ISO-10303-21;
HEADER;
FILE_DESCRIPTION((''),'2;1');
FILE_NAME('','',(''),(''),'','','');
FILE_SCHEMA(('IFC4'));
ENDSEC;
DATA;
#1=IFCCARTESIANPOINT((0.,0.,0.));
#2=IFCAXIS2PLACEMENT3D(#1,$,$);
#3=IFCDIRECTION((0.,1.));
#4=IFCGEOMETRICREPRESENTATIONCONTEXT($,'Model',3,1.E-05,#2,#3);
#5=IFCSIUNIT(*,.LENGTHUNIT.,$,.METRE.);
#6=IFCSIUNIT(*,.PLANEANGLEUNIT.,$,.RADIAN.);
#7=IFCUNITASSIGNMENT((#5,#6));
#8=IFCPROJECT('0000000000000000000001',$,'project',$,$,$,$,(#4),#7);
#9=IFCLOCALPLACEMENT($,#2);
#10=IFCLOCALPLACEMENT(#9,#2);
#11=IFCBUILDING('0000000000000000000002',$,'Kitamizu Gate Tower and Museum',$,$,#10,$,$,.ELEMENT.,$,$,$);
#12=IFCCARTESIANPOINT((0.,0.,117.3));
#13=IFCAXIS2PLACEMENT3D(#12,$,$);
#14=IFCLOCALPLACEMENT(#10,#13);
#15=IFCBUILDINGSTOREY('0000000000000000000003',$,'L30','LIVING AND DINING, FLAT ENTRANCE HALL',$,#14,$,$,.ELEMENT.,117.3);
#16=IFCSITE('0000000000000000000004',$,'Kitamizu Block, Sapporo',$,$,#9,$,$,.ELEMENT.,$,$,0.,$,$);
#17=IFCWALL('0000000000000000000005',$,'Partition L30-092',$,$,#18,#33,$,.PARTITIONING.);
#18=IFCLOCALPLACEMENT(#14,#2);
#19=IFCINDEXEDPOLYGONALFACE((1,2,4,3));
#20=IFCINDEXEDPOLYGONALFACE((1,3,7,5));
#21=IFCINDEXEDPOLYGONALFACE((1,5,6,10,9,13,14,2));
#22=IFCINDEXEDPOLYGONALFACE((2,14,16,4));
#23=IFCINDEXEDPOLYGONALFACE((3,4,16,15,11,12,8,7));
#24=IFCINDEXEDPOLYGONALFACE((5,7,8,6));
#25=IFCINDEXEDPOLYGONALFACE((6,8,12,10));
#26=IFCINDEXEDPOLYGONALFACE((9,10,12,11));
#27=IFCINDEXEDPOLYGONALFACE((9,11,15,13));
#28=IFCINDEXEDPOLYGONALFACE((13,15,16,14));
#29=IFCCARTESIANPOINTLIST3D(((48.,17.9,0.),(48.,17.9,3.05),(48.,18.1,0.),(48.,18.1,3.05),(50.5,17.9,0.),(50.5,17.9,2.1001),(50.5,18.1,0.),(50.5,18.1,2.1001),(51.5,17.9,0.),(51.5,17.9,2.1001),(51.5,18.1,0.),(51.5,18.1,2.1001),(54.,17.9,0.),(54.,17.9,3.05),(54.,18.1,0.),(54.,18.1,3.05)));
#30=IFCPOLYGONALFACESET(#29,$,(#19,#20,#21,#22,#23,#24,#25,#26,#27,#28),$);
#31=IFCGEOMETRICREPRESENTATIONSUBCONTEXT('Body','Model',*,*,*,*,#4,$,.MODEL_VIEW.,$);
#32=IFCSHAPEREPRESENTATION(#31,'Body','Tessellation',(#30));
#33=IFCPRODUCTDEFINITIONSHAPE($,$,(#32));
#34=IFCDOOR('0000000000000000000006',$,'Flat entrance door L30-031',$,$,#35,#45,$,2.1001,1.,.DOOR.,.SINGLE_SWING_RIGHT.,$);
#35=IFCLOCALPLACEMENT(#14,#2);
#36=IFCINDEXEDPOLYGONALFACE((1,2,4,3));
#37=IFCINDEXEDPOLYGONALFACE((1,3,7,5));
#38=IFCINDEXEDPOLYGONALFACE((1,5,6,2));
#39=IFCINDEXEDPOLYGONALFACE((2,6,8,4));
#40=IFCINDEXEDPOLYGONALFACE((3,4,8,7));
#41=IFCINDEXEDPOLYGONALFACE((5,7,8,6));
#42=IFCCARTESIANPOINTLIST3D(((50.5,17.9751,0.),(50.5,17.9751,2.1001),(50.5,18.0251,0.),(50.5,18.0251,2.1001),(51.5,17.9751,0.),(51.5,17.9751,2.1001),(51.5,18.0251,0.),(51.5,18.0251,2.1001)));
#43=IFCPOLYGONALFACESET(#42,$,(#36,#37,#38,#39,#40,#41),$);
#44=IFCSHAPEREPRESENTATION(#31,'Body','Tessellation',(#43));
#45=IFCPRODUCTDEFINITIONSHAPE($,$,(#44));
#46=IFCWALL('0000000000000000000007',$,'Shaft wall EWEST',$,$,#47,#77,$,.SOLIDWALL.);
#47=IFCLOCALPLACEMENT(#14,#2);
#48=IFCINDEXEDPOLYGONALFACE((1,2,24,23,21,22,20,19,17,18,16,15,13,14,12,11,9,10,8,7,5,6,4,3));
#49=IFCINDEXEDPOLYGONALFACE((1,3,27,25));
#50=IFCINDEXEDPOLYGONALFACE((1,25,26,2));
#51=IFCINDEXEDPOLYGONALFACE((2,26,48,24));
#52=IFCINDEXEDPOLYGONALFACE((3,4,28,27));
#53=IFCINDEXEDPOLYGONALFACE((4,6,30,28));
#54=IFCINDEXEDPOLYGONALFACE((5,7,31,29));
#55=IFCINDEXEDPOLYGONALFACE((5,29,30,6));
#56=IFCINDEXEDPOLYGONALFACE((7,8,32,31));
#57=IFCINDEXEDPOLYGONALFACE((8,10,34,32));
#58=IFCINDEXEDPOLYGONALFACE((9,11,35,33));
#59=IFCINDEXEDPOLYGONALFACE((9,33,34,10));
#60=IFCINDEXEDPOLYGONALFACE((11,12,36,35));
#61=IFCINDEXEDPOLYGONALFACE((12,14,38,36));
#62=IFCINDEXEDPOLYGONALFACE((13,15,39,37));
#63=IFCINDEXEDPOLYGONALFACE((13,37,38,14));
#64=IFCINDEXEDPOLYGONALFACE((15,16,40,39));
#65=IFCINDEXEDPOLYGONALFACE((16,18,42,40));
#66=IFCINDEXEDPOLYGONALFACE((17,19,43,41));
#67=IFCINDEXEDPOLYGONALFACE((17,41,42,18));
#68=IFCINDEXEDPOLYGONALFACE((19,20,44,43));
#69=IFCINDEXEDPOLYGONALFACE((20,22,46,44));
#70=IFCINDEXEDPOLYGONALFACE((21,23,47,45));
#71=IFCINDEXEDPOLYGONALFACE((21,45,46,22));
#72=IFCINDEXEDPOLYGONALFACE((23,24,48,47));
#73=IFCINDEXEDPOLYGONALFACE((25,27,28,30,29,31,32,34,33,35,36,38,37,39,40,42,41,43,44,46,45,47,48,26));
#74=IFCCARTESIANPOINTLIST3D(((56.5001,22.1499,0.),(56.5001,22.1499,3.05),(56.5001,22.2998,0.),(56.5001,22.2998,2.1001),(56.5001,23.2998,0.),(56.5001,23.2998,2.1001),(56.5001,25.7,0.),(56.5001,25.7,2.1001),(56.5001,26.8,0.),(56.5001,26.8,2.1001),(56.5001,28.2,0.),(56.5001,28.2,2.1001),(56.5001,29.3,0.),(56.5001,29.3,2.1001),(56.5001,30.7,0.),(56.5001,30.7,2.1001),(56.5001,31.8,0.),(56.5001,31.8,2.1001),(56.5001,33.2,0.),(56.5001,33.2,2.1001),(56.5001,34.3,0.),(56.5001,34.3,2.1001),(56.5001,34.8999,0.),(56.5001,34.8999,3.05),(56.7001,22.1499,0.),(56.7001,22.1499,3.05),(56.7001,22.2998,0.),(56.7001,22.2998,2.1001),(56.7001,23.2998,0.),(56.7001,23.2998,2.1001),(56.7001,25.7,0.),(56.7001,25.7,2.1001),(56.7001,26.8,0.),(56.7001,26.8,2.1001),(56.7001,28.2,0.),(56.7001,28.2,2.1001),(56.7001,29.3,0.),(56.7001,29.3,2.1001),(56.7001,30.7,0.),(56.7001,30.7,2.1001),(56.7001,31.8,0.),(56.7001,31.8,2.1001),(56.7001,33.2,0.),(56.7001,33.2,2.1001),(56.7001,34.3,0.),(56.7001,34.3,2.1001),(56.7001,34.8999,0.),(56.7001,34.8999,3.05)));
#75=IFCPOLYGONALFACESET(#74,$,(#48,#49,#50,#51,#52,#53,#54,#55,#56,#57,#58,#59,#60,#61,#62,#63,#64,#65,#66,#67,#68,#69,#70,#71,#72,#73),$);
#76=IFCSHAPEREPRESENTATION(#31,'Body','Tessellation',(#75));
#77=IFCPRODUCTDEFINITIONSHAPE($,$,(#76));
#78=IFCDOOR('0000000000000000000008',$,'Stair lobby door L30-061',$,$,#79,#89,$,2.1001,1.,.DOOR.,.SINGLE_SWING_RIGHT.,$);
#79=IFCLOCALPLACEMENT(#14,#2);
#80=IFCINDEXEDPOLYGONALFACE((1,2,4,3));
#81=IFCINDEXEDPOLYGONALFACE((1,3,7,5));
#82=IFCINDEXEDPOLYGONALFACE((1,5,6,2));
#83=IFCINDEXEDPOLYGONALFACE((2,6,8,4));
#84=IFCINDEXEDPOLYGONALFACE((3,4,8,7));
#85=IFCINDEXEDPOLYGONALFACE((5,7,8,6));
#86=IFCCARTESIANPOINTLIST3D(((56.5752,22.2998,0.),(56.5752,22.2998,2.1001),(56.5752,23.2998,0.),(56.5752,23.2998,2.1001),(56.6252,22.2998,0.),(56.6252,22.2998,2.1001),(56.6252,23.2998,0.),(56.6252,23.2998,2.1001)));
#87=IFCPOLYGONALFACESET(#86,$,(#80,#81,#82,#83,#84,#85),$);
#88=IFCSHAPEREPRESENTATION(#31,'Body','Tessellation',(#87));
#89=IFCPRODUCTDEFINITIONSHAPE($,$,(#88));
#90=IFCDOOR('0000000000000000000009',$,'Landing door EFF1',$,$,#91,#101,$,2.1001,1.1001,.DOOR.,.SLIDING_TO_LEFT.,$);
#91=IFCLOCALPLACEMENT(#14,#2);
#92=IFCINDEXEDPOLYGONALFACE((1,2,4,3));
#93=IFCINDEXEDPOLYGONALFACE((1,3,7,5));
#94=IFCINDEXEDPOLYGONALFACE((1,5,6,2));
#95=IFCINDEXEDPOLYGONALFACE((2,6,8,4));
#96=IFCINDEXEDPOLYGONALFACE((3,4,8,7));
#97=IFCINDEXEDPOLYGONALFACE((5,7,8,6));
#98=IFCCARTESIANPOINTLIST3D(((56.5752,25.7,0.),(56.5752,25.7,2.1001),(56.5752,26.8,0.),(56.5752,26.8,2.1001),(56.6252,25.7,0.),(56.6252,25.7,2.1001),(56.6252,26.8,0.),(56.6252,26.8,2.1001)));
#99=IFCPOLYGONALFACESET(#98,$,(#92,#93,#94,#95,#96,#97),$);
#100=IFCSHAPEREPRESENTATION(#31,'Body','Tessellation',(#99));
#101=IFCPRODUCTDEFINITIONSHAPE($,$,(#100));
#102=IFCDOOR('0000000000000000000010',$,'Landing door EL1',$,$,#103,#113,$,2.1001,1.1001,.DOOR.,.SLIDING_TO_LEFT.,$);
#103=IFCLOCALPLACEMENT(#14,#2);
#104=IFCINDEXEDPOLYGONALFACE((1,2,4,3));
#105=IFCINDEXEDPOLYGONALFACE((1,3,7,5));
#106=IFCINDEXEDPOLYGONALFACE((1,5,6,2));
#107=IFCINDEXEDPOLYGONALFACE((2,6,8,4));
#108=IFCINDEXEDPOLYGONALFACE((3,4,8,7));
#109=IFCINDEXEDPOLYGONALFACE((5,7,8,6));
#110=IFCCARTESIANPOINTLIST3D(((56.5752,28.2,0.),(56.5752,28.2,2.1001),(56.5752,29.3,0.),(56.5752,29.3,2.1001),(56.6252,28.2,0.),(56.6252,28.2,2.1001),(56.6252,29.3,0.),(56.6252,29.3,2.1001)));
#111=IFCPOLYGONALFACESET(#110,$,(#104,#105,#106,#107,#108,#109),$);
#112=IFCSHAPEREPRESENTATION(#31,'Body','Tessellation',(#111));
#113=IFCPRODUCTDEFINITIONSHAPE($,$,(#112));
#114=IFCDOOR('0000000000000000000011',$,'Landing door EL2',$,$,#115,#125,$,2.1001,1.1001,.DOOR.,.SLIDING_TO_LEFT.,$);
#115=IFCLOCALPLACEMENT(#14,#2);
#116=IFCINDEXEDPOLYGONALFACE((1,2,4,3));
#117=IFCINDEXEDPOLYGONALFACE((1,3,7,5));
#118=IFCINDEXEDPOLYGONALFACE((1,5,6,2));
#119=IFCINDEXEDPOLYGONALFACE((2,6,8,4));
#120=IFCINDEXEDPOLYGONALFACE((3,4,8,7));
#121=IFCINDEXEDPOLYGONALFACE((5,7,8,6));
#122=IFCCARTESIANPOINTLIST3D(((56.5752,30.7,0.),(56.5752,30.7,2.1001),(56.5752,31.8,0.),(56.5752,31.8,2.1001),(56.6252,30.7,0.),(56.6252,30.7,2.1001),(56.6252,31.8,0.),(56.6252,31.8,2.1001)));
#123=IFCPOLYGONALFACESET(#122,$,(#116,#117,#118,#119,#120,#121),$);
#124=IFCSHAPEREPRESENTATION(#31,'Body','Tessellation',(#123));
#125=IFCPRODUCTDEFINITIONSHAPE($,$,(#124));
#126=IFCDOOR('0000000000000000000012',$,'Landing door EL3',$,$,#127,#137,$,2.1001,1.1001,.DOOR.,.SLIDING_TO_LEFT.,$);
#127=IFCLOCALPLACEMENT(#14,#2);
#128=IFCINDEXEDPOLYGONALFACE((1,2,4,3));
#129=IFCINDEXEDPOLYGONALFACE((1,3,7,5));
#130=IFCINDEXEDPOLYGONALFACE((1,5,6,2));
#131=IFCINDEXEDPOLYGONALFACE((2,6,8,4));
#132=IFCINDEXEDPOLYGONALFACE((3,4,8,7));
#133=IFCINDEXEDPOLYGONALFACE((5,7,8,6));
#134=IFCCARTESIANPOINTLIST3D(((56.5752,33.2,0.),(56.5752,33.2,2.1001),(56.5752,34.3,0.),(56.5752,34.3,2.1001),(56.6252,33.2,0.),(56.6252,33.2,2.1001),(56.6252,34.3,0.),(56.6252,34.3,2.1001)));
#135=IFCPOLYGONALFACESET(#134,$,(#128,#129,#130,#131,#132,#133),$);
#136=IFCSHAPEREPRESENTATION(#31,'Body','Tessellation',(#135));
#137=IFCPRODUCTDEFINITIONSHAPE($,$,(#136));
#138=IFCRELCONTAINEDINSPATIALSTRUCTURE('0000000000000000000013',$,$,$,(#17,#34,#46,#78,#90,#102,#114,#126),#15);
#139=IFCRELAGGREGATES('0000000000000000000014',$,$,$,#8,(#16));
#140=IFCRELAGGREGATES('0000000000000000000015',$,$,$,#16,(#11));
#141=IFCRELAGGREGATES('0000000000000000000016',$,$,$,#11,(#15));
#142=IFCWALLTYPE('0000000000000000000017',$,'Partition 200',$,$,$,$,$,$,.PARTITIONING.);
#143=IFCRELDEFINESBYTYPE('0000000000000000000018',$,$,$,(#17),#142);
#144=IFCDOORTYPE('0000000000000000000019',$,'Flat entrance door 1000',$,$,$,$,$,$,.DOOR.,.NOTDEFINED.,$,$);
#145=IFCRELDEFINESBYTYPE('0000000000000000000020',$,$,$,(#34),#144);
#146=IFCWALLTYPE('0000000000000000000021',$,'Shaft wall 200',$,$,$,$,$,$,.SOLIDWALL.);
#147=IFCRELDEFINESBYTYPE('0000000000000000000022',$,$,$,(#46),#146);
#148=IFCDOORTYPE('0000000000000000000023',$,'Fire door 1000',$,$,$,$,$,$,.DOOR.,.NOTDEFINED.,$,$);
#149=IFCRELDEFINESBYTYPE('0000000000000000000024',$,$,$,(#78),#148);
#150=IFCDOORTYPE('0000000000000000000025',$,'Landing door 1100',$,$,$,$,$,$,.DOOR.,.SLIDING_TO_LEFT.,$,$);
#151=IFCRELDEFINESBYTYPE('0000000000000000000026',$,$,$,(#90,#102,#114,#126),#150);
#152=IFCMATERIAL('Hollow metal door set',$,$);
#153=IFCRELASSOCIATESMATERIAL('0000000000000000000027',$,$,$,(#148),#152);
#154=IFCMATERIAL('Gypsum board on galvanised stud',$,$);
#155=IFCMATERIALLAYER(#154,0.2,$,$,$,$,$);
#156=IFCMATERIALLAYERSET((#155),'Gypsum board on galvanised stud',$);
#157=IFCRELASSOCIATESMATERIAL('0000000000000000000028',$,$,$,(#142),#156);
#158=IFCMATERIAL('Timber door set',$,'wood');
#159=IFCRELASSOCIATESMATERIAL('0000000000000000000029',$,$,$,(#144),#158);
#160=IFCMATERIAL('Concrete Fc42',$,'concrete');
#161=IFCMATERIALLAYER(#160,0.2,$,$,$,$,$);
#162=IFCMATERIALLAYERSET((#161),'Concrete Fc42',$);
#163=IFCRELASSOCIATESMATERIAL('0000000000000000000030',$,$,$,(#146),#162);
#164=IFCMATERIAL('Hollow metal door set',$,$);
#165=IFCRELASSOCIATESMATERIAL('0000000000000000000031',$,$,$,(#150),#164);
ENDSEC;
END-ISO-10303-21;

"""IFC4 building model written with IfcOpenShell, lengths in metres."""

from ifc_helpers import new_model, si_unit, direction, frame, frame_2d, origin, place, context, subcontext, project, spatial, rectangle, extrude, material, layer, layer_set, type_object, element, fill, save


model = new_model("IFC4")

# Units and contexts
model_context = context("Model", 3, precision=1e-05, world=origin(), true_north=direction((0.0, 1.0)))
body_context = subcontext(model_context, "Body", "Model", "MODEL_VIEW")
ifc_project = project(units=[si_unit("LENGTHUNIT", "METRE"), si_unit("PLANEANGLEUNIT", "RADIAN")], contexts=[model_context])

# Site, building, storey
site_placement = place(None, origin())
site = spatial("IfcSite", under=ifc_project, at=site_placement, Name="Kitamizu Block, Sapporo", CompositionType="ELEMENT", RefElevation=0.0)
building_placement = place(site_placement, origin())
building = spatial("IfcBuilding", under=site, at=building_placement, Name="Kitamizu Gate Tower and Museum", CompositionType="ELEMENT")
storey_placement = place(building_placement, frame((0.0, 0.0, 117.3)))
storey = spatial("IfcBuildingStorey", under=building, at=storey_placement, Name="L30", Description="LIVING AND DINING, FLAT ENTRANCE HALL", CompositionType="ELEMENT", Elevation=117.3)

# Shared definitions
ifc_material_1 = material(Name="Hollow metal door set")
door_type_1 = type_object("IfcDoorType", Name="Fire door 1000", OperationType="NOTDEFINED", PredefinedType="DOOR", material=ifc_material_1)

# Wall, opening, door
ifc_material_2 = material(Name="Gypsum board on galvanised stud")
ifc_layer_1 = layer(ifc_material_2, 0.2)
ifc_layer_set_1 = layer_set([ifc_layer_1], Name="Gypsum board on galvanised stud")
wall_type_1 = type_object("IfcWallType", Name="Partition 200", PredefinedType="PARTITIONING", material=ifc_layer_set_1)
wall_1_placement = place(storey_placement, frame((54.0, 18.0, 0.0), z_axis=(0.0, 0.0, 1.0), x_axis=(-1.0, 0.0, 0.0)))
wall_1 = element("IfcWall", 1, at=wall_1_placement, inside=storey, type_object=wall_type_1, Name="Partition L30-092", PredefinedType="PARTITIONING", context=body_context, shape_type="SweptSolid", body=[
    extrude(rectangle(XDim=6.0, YDim=0.2, at=frame_2d((3.0, 0.0))), origin(), (0.0, 0.0, 1.0), 3.05),
])
opening_1_placement = place(wall_1_placement, frame((2.5, 0.0, 0.0)))
opening_1 = element("IfcOpeningElement", 2, at=opening_1_placement, cuts=wall_1, PredefinedType="OPENING", context=body_context, shape_type="SweptSolid", body=[
    extrude(rectangle(XDim=1.0, YDim=2.1001, at=frame_2d((0.5, 1.05))), frame((0.0, 0.1099, 0.0), z_axis=(0.0, -1.0, 0.0), x_axis=(1.0, 0.0, 0.0)), (0.0, 0.0, 1.0), 0.22),
])
ifc_material_3 = material(Name="Timber door set", Category="wood")
door_type_2 = type_object("IfcDoorType", Name="Flat entrance door 1000", OperationType="NOTDEFINED", PredefinedType="DOOR", material=ifc_material_3)
door_1_placement = place(opening_1_placement, origin())
door_1 = element("IfcDoor", 3, at=door_1_placement, inside=storey, type_object=door_type_2, Name="Flat entrance door L30-031", OperationType="SINGLE_SWING_RIGHT", OverallHeight=2.1001, OverallWidth=1.0, PredefinedType="DOOR", context=body_context, shape_type="SweptSolid", body=[
    extrude(rectangle(XDim=1.0, YDim=2.1001, at=frame_2d((0.5, 1.05))), frame((0.0, 0.0249, 0.0), z_axis=(0.0, -1.0, 0.0), x_axis=(1.0, 0.0, 0.0)), (0.0, 0.0, 1.0), 0.05),
])
fill(opening_1, door_1)

# Wall, openings, doors
ifc_material_4 = material(Name="Concrete Fc42", Category="concrete")
ifc_layer_2 = layer(ifc_material_4, 0.2)
ifc_layer_set_2 = layer_set([ifc_layer_2], Name="Concrete Fc42")
wall_type_2 = type_object("IfcWallType", Name="Shaft wall 200", PredefinedType="SOLIDWALL", material=ifc_layer_set_2)
wall_2_placement = place(storey_placement, frame((56.6001, 22.1499, 0.0), z_axis=(0.0, 0.0, 1.0), x_axis=(0.0, 1.0, 0.0)))
wall_2 = element("IfcWall", 4, at=wall_2_placement, inside=storey, type_object=wall_type_2, Name="Shaft wall EWEST", PredefinedType="SOLIDWALL", context=body_context, shape_type="SweptSolid", body=[
    extrude(rectangle(XDim=12.75, YDim=0.2, at=frame_2d((6.375, 0.0))), origin(), (0.0, 0.0, 1.0), 3.05),
])
opening_2_placement = place(wall_2_placement, frame((3.55, 0.0, 0.0)))
opening_2 = element("IfcOpeningElement", 5, at=opening_2_placement, cuts=wall_2, PredefinedType="OPENING", context=body_context, shape_type="SweptSolid", body=[
    extrude(rectangle(XDim=1.1001, YDim=2.1001, at=frame_2d((0.55, 1.05))), frame((0.0, 0.1099, 0.0), z_axis=(0.0, -1.0, 0.0), x_axis=(1.0, 0.0, 0.0)), (0.0, 0.0, 1.0), 0.22),
])
opening_3_placement = place(wall_2_placement, frame((6.05, 0.0, 0.0)))
opening_3 = element("IfcOpeningElement", 6, at=opening_3_placement, cuts=wall_2, PredefinedType="OPENING", context=body_context, shape_type="SweptSolid", body=[
    extrude(rectangle(XDim=1.1001, YDim=2.1001, at=frame_2d((0.55, 1.05))), frame((0.0, 0.1099, 0.0), z_axis=(0.0, -1.0, 0.0), x_axis=(1.0, 0.0, 0.0)), (0.0, 0.0, 1.0), 0.22),
])
opening_4_placement = place(wall_2_placement, frame((8.55, 0.0, 0.0)))
opening_4 = element("IfcOpeningElement", 7, at=opening_4_placement, cuts=wall_2, PredefinedType="OPENING", context=body_context, shape_type="SweptSolid", body=[
    extrude(rectangle(XDim=1.1001, YDim=2.1001, at=frame_2d((0.55, 1.05))), frame((0.0, 0.1099, 0.0), z_axis=(0.0, -1.0, 0.0), x_axis=(1.0, 0.0, 0.0)), (0.0, 0.0, 1.0), 0.22),
])
opening_5_placement = place(wall_2_placement, frame((11.05, 0.0, 0.0)))
opening_5 = element("IfcOpeningElement", 8, at=opening_5_placement, cuts=wall_2, PredefinedType="OPENING", context=body_context, shape_type="SweptSolid", body=[
    extrude(rectangle(XDim=1.1001, YDim=2.1001, at=frame_2d((0.55, 1.05))), frame((0.0, 0.1099, 0.0), z_axis=(0.0, -1.0, 0.0), x_axis=(1.0, 0.0, 0.0)), (0.0, 0.0, 1.0), 0.22),
])
opening_6_placement = place(wall_2_placement, frame((0.1499, 0.0, 0.0)))
opening_6 = element("IfcOpeningElement", 9, at=opening_6_placement, cuts=wall_2, PredefinedType="OPENING", context=body_context, shape_type="SweptSolid", body=[
    extrude(rectangle(XDim=1.0, YDim=2.1001, at=frame_2d((0.5, 1.05))), frame((0.0, 0.1099, 0.0), z_axis=(0.0, -1.0, 0.0), x_axis=(1.0, 0.0, 0.0)), (0.0, 0.0, 1.0), 0.22),
])
door_2_placement = place(opening_6_placement, origin())
door_2 = element("IfcDoor", 10, at=door_2_placement, inside=storey, type_object=door_type_1, Name="Stair lobby door L30-061", OperationType="SINGLE_SWING_RIGHT", OverallHeight=2.1001, OverallWidth=1.0, PredefinedType="DOOR", context=body_context, shape_type="SweptSolid", body=[
    extrude(rectangle(XDim=1.0, YDim=2.1001, at=frame_2d((0.5, 1.05))), frame((0.0, 0.0249, 0.0), z_axis=(0.0, -1.0, 0.0), x_axis=(1.0, 0.0, 0.0)), (0.0, 0.0, 1.0), 0.05),
])
fill(opening_6, door_2)
ifc_material_5 = material(Name="Hollow metal door set")
door_type_3 = type_object("IfcDoorType", Name="Landing door 1100", OperationType="SLIDING_TO_LEFT", PredefinedType="DOOR", material=ifc_material_5)
door_3_placement = place(opening_2_placement, origin())
door_3 = element("IfcDoor", 11, at=door_3_placement, inside=storey, type_object=door_type_3, Name="Landing door EFF1", OperationType="SLIDING_TO_LEFT", OverallHeight=2.1001, OverallWidth=1.1001, PredefinedType="DOOR", context=body_context, shape_type="SweptSolid", body=[
    extrude(rectangle(XDim=1.1001, YDim=2.1001, at=frame_2d((0.55, 1.05))), frame((0.0, 0.0249, 0.0), z_axis=(0.0, -1.0, 0.0), x_axis=(1.0, 0.0, 0.0)), (0.0, 0.0, 1.0), 0.05),
])
fill(opening_2, door_3)
door_4_placement = place(opening_3_placement, origin())
door_4 = element("IfcDoor", 12, at=door_4_placement, inside=storey, type_object=door_type_3, Name="Landing door EL1", OperationType="SLIDING_TO_LEFT", OverallHeight=2.1001, OverallWidth=1.1001, PredefinedType="DOOR", context=body_context, shape_type="SweptSolid", body=[
    extrude(rectangle(XDim=1.1001, YDim=2.1001, at=frame_2d((0.55, 1.05))), frame((0.0, 0.0249, 0.0), z_axis=(0.0, -1.0, 0.0), x_axis=(1.0, 0.0, 0.0)), (0.0, 0.0, 1.0), 0.05),
])
fill(opening_3, door_4)
door_5_placement = place(opening_4_placement, origin())
door_5 = element("IfcDoor", 13, at=door_5_placement, inside=storey, type_object=door_type_3, Name="Landing door EL2", OperationType="SLIDING_TO_LEFT", OverallHeight=2.1001, OverallWidth=1.1001, PredefinedType="DOOR", context=body_context, shape_type="SweptSolid", body=[
    extrude(rectangle(XDim=1.1001, YDim=2.1001, at=frame_2d((0.55, 1.05))), frame((0.0, 0.0249, 0.0), z_axis=(0.0, -1.0, 0.0), x_axis=(1.0, 0.0, 0.0)), (0.0, 0.0, 1.0), 0.05),
])
fill(opening_4, door_5)
door_6_placement = place(opening_5_placement, origin())
door_6 = element("IfcDoor", 14, at=door_6_placement, inside=storey, type_object=door_type_3, Name="Landing door EL3", OperationType="SLIDING_TO_LEFT", OverallHeight=2.1001, OverallWidth=1.1001, PredefinedType="DOOR", context=body_context, shape_type="SweptSolid", body=[
    extrude(rectangle(XDim=1.1001, YDim=2.1001, at=frame_2d((0.55, 1.05))), frame((0.0, 0.0249, 0.0), z_axis=(0.0, -1.0, 0.0), x_axis=(1.0, 0.0, 0.0)), (0.0, 0.0, 1.0), 0.05),
])
fill(opening_5, door_6)

save(model, "model.ifc")
